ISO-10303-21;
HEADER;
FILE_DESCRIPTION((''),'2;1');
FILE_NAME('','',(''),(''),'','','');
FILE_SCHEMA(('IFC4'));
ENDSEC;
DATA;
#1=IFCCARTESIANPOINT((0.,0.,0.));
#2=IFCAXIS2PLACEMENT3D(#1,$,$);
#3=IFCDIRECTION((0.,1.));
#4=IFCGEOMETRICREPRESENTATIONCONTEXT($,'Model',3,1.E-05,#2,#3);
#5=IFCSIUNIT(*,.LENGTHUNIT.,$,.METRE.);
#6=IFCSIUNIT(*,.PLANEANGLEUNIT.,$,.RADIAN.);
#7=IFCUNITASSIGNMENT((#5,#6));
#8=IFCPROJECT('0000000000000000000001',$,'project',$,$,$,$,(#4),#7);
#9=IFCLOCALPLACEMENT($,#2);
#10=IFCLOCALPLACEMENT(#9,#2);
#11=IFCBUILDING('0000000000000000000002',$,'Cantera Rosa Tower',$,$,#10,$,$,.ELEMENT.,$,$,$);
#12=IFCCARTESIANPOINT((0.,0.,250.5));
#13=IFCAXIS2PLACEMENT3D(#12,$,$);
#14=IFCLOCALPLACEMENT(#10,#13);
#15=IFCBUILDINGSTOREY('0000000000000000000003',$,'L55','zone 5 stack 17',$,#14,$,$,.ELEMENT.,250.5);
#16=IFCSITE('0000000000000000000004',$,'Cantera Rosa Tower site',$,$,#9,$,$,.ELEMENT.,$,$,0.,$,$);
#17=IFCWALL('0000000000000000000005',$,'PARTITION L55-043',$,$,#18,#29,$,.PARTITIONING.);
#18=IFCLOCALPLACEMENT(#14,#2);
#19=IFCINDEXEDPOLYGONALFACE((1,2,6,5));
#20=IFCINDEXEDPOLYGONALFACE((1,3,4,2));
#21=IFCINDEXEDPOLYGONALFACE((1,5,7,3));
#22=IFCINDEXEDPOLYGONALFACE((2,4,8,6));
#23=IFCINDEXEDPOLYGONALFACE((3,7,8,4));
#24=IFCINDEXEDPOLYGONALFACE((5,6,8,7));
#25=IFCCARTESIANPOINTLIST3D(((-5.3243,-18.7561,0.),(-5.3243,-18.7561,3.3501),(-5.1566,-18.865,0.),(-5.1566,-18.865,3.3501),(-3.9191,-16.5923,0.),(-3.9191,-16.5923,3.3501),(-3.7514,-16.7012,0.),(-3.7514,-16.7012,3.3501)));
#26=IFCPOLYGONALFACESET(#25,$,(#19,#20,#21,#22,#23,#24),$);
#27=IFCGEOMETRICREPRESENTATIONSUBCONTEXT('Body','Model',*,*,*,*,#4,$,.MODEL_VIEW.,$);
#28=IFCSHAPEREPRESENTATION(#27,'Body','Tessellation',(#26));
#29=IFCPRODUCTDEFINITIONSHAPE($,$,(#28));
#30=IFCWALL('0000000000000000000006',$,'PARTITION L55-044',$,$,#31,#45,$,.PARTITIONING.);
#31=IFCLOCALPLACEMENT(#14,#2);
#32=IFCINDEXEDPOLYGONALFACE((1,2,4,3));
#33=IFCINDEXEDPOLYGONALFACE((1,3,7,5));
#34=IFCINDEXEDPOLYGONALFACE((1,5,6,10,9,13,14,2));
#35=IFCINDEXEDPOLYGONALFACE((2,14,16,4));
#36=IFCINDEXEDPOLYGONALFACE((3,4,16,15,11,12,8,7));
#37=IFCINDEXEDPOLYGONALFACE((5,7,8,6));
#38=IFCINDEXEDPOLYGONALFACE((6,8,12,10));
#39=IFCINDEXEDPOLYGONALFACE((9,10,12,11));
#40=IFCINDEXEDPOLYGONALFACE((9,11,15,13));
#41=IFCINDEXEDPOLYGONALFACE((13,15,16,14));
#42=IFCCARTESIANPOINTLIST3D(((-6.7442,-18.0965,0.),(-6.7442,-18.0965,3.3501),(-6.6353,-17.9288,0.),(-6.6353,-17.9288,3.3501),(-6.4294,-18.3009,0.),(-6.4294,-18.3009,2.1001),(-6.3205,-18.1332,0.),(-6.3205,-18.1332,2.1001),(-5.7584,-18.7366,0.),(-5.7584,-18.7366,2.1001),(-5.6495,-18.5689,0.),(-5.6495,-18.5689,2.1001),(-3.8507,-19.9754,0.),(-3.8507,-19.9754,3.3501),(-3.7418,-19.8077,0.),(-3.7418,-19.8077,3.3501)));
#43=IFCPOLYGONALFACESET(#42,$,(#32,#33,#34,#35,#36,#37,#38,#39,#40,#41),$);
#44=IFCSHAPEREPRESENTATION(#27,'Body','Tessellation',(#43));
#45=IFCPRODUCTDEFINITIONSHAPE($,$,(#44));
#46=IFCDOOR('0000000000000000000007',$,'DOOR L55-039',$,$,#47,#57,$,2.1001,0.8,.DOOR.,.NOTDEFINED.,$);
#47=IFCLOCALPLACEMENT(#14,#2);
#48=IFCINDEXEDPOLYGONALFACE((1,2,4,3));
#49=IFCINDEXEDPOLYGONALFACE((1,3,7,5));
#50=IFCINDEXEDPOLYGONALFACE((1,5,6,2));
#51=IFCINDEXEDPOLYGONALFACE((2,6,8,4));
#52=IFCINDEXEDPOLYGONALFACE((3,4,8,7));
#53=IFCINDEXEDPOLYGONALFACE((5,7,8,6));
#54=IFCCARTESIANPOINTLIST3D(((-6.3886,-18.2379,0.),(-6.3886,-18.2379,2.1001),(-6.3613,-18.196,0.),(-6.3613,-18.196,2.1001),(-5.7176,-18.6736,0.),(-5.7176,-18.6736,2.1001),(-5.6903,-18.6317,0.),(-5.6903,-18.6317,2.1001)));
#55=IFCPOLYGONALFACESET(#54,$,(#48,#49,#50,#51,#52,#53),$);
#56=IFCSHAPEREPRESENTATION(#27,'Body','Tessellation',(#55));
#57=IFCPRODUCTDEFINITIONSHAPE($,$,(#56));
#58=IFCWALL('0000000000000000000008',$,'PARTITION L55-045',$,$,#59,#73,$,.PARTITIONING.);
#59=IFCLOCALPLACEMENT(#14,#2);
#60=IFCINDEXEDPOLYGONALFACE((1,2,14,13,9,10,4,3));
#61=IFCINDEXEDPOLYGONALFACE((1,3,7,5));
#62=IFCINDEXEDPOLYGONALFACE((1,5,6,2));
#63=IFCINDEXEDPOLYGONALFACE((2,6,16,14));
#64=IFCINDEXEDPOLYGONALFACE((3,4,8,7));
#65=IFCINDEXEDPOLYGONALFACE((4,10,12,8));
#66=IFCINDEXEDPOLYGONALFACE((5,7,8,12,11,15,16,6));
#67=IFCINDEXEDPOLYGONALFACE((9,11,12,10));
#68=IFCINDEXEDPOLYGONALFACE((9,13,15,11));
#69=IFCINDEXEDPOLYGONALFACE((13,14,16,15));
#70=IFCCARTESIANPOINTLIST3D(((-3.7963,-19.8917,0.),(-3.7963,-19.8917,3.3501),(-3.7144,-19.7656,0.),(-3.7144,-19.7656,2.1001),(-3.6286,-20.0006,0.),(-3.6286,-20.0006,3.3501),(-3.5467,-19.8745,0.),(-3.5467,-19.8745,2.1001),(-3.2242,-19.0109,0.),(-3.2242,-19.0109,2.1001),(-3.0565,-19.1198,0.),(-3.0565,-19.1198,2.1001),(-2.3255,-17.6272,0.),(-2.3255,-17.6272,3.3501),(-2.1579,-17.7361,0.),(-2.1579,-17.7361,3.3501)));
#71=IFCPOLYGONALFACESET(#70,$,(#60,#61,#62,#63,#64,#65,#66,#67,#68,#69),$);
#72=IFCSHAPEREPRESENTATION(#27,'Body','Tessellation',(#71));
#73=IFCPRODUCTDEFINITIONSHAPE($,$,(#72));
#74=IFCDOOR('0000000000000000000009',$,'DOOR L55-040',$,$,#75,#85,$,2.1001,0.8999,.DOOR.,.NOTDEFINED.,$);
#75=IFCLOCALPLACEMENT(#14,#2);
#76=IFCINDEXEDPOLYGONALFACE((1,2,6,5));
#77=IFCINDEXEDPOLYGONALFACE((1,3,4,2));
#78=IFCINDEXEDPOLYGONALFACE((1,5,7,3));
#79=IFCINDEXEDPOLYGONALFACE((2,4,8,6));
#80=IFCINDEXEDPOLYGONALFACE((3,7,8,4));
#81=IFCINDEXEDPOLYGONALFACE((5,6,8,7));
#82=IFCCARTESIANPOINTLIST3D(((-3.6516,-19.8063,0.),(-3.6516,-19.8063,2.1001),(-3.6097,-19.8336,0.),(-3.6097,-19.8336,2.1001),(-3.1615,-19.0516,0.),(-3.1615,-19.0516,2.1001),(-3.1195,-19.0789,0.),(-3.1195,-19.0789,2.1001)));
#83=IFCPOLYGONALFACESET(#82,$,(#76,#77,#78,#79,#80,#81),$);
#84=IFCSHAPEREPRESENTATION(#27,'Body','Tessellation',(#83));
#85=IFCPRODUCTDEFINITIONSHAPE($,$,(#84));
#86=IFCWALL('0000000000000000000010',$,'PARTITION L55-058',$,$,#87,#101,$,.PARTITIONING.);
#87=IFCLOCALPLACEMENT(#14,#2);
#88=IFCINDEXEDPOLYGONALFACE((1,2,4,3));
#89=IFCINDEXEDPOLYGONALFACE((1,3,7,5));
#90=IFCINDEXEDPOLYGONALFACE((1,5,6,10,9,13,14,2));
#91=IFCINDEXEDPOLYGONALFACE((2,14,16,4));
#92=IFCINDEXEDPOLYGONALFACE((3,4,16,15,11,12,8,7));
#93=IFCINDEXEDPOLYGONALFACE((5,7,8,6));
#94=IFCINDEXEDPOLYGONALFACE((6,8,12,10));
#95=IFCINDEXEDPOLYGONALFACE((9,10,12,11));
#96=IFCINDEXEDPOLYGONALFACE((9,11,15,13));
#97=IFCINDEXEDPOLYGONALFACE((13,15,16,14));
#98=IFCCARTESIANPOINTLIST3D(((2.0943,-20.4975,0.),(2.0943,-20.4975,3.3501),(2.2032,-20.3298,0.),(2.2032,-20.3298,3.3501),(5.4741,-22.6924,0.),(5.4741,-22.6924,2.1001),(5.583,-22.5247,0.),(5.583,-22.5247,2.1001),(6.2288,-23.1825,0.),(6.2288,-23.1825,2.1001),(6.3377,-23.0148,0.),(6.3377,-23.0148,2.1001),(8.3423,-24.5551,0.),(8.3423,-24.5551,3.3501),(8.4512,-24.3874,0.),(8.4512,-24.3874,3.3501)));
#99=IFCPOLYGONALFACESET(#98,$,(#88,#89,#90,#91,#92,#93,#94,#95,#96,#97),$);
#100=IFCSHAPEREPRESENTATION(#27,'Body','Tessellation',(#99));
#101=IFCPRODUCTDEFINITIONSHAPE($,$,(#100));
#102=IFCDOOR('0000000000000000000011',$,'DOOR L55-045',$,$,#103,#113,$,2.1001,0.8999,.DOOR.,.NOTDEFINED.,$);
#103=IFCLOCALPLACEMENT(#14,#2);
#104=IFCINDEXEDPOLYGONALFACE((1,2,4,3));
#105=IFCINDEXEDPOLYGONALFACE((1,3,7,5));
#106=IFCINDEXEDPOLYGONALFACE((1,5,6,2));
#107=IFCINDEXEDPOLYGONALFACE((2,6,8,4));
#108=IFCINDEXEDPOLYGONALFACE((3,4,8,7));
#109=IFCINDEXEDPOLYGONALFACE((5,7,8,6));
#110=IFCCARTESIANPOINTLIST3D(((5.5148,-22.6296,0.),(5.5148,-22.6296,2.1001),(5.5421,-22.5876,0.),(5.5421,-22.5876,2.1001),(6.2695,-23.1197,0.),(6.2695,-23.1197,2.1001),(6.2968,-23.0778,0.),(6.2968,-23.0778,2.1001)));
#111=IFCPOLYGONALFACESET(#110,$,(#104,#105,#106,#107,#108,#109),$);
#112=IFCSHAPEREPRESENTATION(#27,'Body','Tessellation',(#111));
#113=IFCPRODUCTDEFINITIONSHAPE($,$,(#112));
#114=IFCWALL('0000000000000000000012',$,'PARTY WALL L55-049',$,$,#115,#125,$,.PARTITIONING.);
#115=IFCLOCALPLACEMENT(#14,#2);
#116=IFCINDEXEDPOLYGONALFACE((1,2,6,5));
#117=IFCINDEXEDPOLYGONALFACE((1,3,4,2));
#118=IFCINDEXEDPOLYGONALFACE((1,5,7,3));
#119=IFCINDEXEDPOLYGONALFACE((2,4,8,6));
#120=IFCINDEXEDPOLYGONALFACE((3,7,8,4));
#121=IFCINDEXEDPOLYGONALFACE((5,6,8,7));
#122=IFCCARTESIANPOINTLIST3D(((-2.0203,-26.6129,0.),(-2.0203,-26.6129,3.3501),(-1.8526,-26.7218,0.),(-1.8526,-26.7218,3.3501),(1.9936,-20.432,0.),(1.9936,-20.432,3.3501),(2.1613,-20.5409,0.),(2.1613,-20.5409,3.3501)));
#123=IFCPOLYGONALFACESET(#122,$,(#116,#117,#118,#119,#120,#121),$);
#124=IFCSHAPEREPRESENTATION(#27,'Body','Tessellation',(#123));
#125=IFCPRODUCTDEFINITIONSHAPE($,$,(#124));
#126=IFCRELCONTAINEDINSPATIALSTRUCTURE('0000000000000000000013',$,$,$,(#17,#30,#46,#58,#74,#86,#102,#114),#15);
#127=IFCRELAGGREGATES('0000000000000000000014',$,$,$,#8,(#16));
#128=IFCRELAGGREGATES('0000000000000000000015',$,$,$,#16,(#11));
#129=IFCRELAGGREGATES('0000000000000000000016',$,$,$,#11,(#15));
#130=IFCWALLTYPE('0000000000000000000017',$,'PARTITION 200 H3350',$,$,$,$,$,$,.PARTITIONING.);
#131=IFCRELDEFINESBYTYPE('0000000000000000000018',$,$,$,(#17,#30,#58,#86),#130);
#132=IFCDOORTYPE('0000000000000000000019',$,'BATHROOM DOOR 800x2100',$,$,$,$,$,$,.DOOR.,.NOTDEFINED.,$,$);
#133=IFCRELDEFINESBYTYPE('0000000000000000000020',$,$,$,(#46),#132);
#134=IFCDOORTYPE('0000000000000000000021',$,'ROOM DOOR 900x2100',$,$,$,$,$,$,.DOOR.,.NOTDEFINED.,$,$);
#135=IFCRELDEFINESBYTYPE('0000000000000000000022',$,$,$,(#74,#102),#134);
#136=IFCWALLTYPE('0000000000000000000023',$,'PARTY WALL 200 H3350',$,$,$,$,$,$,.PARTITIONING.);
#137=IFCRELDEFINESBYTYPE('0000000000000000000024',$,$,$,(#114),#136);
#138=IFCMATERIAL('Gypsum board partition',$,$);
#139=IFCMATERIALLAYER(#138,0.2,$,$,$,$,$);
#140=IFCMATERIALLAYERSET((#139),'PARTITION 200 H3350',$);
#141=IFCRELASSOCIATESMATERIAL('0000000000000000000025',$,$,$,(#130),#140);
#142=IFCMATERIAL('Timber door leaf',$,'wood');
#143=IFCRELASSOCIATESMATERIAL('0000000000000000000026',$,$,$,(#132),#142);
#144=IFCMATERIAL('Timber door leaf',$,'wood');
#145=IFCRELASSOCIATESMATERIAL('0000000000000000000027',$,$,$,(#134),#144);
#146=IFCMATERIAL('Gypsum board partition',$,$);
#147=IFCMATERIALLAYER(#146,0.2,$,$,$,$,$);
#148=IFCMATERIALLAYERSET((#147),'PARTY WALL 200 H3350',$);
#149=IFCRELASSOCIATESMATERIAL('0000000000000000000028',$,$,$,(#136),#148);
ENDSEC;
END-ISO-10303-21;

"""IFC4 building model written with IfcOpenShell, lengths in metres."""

from ifc_helpers import new_model, si_unit, direction, frame, frame_2d, origin, place, context, subcontext, project, spatial, rectangle, extrude, material, layer, layer_set, type_object, element, fill, save


model = new_model("IFC4")

# Units and contexts
model_context = context("Model", 3, precision=1e-05, world=origin(), true_north=direction((0.0, 1.0)))
body_context = subcontext(model_context, "Body", "Model", "MODEL_VIEW")
ifc_project = project(units=[si_unit("LENGTHUNIT", "METRE"), si_unit("PLANEANGLEUNIT", "RADIAN")], contexts=[model_context])

# Site, building, storey
site_placement = place(None, origin())
site = spatial("IfcSite", under=ifc_project, at=site_placement, Name="Cantera Rosa Tower site", CompositionType="ELEMENT", RefElevation=0.0)
building_placement = place(site_placement, origin())
building = spatial("IfcBuilding", under=site, at=building_placement, Name="Cantera Rosa Tower", CompositionType="ELEMENT")
storey_placement = place(building_placement, frame((0.0, 0.0, 250.5)))
storey = spatial("IfcBuildingStorey", under=building, at=storey_placement, Name="L55", Description="zone 5 stack 17", CompositionType="ELEMENT", Elevation=250.5)

# Wall
ifc_material_1 = material(Name="Gypsum board partition")
ifc_layer_1 = layer(ifc_material_1, 0.2)
ifc_layer_set_1 = layer_set([ifc_layer_1], Name="PARTITION 200 H3350")
wall_type_1 = type_object("IfcWallType", Name="PARTITION 200 H3350", PredefinedType="PARTITIONING", material=ifc_layer_set_1)
wall_1_placement = place(storey_placement, frame((-3.8352, -16.6467, 0.0), z_axis=(0.0, 0.0, 1.0), x_axis=(-0.544659, -0.838658, 0.0)))
element("IfcWall", 1, at=wall_1_placement, inside=storey, type_object=wall_type_1, Name="PARTITION L55-043", PredefinedType="PARTITIONING", context=body_context, shape_type="SweptSolid", body=[
    extrude(rectangle(XDim=2.5801, YDim=0.2, at=frame_2d((1.29, 0.0))), origin(), (0.0, 0.0, 1.0), 3.3501),
])

# Walls, openings, doors
wall_2_placement = place(storey_placement, frame((-3.7961, -19.8916, 0.0), z_axis=(0.0, 0.0, 1.0), x_axis=(-0.838696, 0.5446, 0.0)))
wall_2 = element("IfcWall", 2, at=wall_2_placement, inside=storey, type_object=wall_type_1, Name="PARTITION L55-044", PredefinedType="PARTITIONING", context=body_context, shape_type="SweptSolid", body=[
    extrude(rectangle(XDim=3.45, YDim=0.2, at=frame_2d((1.7251, 0.0))), origin(), (0.0, 0.0, 1.0), 3.3501),
])
opening_1_placement = place(wall_2_placement, frame((2.2749, 0.0, 0.0)))
opening_1 = element("IfcOpeningElement", 3, at=opening_1_placement, cuts=wall_2, PredefinedType="OPENING", context=body_context, shape_type="SweptSolid", body=[
    extrude(rectangle(XDim=0.8, YDim=2.1001, at=frame_2d((0.3999, 1.05))), frame((0.0, 0.1099, 0.0), z_axis=(0.0, -1.0, 0.0), x_axis=(1.0, 0.0, 0.0)), (0.0, 0.0, 1.0), 0.22),
])
ifc_material_2 = material(Name="Timber door leaf", Category="wood")
door_type_1 = type_object("IfcDoorType", Name="BATHROOM DOOR 800x2100", OperationType="NOTDEFINED", PredefinedType="DOOR", material=ifc_material_2)
door_1_placement = place(opening_1_placement, origin())
door_1 = element("IfcDoor", 4, at=door_1_placement, inside=storey, type_object=door_type_1, Name="DOOR L55-039", OperationType="NOTDEFINED", OverallHeight=2.1001, OverallWidth=0.8, PredefinedType="DOOR", context=body_context, shape_type="SweptSolid", body=[
    extrude(rectangle(XDim=0.8, YDim=2.1001, at=frame_2d((0.3999, 1.05))), frame((0.0, 0.0249, 0.0), z_axis=(0.0, -1.0, 0.0), x_axis=(1.0, 0.0, 0.0)), (0.0, 0.0, 1.0), 0.05),
])
fill(opening_1, door_1)
wall_3_placement = place(storey_placement, frame((-2.2417, -17.6816, 0.0), z_axis=(0.0, 0.0, 1.0), x_axis=(-0.544686, -0.83864, 0.0)))
wall_3 = element("IfcWall", 5, at=wall_3_placement, inside=storey, type_object=wall_type_1, Name="PARTITION L55-045", PredefinedType="PARTITIONING", context=body_context, shape_type="SweptSolid", body=[
    extrude(rectangle(XDim=2.7002, YDim=0.2, at=frame_2d((1.3501, 0.0))), origin(), (0.0, 0.0, 1.0), 3.3501),
])
opening_2_placement = place(wall_3_placement, frame((1.6499, 0.0, 0.0)))
opening_2 = element("IfcOpeningElement", 6, at=opening_2_placement, cuts=wall_3, PredefinedType="OPENING", context=body_context, shape_type="SweptSolid", body=[
    extrude(rectangle(XDim=0.8999, YDim=2.1001, at=frame_2d((0.45, 1.05))), frame((0.0, 0.1099, 0.0), z_axis=(0.0, -1.0, 0.0), x_axis=(1.0, 0.0, 0.0)), (0.0, 0.0, 1.0), 0.22),
])
ifc_material_3 = material(Name="Timber door leaf", Category="wood")
door_type_2 = type_object("IfcDoorType", Name="ROOM DOOR 900x2100", OperationType="NOTDEFINED", PredefinedType="DOOR", material=ifc_material_3)
door_2_placement = place(opening_2_placement, origin())
door_2 = element("IfcDoor", 7, at=door_2_placement, inside=storey, type_object=door_type_2, Name="DOOR L55-040", OperationType="NOTDEFINED", OverallHeight=2.1001, OverallWidth=0.8999, PredefinedType="DOOR", context=body_context, shape_type="SweptSolid", body=[
    extrude(rectangle(XDim=0.8999, YDim=2.1001, at=frame_2d((0.45, 1.05))), frame((0.0, 0.0249, 0.0), z_axis=(0.0, -1.0, 0.0), x_axis=(1.0, 0.0, 0.0)), (0.0, 0.0, 1.0), 0.05),
])
fill(opening_2, door_2)
wall_4_placement = place(storey_placement, frame((2.1487, -20.4136, 0.0), z_axis=(0.0, 0.0, 1.0), x_axis=(0.838665, -0.544647, 0.0)))
wall_4 = element("IfcWall", 8, at=wall_4_placement, inside=storey, type_object=wall_type_1, Name="PARTITION L55-058", PredefinedType="PARTITIONING", context=body_context, shape_type="SweptSolid", body=[
    extrude(rectangle(XDim=7.45, YDim=0.2, at=frame_2d((3.7251, 0.0))), origin(), (0.0, 0.0, 1.0), 3.3501),
])
opening_3_placement = place(wall_4_placement, frame((4.03, 0.0, 0.0)))
opening_3 = element("IfcOpeningElement", 9, at=opening_3_placement, cuts=wall_4, PredefinedType="OPENING", context=body_context, shape_type="SweptSolid", body=[
    extrude(rectangle(XDim=0.8999, YDim=2.1001, at=frame_2d((0.45, 1.05))), frame((0.0, 0.1099, 0.0), z_axis=(0.0, -1.0, 0.0), x_axis=(1.0, 0.0, 0.0)), (0.0, 0.0, 1.0), 0.22),
])
door_3_placement = place(opening_3_placement, origin())
door_3 = element("IfcDoor", 10, at=door_3_placement, inside=storey, type_object=door_type_2, Name="DOOR L55-045", OperationType="NOTDEFINED", OverallHeight=2.1001, OverallWidth=0.8999, PredefinedType="DOOR", context=body_context, shape_type="SweptSolid", body=[
    extrude(rectangle(XDim=0.8999, YDim=2.1001, at=frame_2d((0.45, 1.05))), frame((0.0, 0.0249, 0.0), z_axis=(0.0, -1.0, 0.0), x_axis=(1.0, 0.0, 0.0)), (0.0, 0.0, 1.0), 0.05),
])
fill(opening_3, door_3)

# Wall
ifc_material_4 = material(Name="Gypsum board partition")
ifc_layer_2 = layer(ifc_material_4, 0.2)
ifc_layer_set_2 = layer_set([ifc_layer_2], Name="PARTY WALL 200 H3350")
wall_type_2 = type_object("IfcWallType", Name="PARTY WALL 200 H3350", PredefinedType="PARTITIONING", material=ifc_layer_set_2)
wall_5_placement = place(storey_placement, frame((-1.9365, -26.6675, 0.0), z_axis=(0.0, 0.0, 1.0), x_axis=(0.544638, 0.838671, 0.0)))
element("IfcWall", 11, at=wall_5_placement, inside=storey, type_object=wall_type_2, Name="PARTY WALL L55-049", PredefinedType="PARTITIONING", context=body_context, shape_type="SweptSolid", body=[
    extrude(rectangle(XDim=7.3699, YDim=0.2, at=frame_2d((3.6851, 0.0))), origin(), (0.0, 0.0, 1.0), 3.3501),
])

save(model, "model.ifc")
